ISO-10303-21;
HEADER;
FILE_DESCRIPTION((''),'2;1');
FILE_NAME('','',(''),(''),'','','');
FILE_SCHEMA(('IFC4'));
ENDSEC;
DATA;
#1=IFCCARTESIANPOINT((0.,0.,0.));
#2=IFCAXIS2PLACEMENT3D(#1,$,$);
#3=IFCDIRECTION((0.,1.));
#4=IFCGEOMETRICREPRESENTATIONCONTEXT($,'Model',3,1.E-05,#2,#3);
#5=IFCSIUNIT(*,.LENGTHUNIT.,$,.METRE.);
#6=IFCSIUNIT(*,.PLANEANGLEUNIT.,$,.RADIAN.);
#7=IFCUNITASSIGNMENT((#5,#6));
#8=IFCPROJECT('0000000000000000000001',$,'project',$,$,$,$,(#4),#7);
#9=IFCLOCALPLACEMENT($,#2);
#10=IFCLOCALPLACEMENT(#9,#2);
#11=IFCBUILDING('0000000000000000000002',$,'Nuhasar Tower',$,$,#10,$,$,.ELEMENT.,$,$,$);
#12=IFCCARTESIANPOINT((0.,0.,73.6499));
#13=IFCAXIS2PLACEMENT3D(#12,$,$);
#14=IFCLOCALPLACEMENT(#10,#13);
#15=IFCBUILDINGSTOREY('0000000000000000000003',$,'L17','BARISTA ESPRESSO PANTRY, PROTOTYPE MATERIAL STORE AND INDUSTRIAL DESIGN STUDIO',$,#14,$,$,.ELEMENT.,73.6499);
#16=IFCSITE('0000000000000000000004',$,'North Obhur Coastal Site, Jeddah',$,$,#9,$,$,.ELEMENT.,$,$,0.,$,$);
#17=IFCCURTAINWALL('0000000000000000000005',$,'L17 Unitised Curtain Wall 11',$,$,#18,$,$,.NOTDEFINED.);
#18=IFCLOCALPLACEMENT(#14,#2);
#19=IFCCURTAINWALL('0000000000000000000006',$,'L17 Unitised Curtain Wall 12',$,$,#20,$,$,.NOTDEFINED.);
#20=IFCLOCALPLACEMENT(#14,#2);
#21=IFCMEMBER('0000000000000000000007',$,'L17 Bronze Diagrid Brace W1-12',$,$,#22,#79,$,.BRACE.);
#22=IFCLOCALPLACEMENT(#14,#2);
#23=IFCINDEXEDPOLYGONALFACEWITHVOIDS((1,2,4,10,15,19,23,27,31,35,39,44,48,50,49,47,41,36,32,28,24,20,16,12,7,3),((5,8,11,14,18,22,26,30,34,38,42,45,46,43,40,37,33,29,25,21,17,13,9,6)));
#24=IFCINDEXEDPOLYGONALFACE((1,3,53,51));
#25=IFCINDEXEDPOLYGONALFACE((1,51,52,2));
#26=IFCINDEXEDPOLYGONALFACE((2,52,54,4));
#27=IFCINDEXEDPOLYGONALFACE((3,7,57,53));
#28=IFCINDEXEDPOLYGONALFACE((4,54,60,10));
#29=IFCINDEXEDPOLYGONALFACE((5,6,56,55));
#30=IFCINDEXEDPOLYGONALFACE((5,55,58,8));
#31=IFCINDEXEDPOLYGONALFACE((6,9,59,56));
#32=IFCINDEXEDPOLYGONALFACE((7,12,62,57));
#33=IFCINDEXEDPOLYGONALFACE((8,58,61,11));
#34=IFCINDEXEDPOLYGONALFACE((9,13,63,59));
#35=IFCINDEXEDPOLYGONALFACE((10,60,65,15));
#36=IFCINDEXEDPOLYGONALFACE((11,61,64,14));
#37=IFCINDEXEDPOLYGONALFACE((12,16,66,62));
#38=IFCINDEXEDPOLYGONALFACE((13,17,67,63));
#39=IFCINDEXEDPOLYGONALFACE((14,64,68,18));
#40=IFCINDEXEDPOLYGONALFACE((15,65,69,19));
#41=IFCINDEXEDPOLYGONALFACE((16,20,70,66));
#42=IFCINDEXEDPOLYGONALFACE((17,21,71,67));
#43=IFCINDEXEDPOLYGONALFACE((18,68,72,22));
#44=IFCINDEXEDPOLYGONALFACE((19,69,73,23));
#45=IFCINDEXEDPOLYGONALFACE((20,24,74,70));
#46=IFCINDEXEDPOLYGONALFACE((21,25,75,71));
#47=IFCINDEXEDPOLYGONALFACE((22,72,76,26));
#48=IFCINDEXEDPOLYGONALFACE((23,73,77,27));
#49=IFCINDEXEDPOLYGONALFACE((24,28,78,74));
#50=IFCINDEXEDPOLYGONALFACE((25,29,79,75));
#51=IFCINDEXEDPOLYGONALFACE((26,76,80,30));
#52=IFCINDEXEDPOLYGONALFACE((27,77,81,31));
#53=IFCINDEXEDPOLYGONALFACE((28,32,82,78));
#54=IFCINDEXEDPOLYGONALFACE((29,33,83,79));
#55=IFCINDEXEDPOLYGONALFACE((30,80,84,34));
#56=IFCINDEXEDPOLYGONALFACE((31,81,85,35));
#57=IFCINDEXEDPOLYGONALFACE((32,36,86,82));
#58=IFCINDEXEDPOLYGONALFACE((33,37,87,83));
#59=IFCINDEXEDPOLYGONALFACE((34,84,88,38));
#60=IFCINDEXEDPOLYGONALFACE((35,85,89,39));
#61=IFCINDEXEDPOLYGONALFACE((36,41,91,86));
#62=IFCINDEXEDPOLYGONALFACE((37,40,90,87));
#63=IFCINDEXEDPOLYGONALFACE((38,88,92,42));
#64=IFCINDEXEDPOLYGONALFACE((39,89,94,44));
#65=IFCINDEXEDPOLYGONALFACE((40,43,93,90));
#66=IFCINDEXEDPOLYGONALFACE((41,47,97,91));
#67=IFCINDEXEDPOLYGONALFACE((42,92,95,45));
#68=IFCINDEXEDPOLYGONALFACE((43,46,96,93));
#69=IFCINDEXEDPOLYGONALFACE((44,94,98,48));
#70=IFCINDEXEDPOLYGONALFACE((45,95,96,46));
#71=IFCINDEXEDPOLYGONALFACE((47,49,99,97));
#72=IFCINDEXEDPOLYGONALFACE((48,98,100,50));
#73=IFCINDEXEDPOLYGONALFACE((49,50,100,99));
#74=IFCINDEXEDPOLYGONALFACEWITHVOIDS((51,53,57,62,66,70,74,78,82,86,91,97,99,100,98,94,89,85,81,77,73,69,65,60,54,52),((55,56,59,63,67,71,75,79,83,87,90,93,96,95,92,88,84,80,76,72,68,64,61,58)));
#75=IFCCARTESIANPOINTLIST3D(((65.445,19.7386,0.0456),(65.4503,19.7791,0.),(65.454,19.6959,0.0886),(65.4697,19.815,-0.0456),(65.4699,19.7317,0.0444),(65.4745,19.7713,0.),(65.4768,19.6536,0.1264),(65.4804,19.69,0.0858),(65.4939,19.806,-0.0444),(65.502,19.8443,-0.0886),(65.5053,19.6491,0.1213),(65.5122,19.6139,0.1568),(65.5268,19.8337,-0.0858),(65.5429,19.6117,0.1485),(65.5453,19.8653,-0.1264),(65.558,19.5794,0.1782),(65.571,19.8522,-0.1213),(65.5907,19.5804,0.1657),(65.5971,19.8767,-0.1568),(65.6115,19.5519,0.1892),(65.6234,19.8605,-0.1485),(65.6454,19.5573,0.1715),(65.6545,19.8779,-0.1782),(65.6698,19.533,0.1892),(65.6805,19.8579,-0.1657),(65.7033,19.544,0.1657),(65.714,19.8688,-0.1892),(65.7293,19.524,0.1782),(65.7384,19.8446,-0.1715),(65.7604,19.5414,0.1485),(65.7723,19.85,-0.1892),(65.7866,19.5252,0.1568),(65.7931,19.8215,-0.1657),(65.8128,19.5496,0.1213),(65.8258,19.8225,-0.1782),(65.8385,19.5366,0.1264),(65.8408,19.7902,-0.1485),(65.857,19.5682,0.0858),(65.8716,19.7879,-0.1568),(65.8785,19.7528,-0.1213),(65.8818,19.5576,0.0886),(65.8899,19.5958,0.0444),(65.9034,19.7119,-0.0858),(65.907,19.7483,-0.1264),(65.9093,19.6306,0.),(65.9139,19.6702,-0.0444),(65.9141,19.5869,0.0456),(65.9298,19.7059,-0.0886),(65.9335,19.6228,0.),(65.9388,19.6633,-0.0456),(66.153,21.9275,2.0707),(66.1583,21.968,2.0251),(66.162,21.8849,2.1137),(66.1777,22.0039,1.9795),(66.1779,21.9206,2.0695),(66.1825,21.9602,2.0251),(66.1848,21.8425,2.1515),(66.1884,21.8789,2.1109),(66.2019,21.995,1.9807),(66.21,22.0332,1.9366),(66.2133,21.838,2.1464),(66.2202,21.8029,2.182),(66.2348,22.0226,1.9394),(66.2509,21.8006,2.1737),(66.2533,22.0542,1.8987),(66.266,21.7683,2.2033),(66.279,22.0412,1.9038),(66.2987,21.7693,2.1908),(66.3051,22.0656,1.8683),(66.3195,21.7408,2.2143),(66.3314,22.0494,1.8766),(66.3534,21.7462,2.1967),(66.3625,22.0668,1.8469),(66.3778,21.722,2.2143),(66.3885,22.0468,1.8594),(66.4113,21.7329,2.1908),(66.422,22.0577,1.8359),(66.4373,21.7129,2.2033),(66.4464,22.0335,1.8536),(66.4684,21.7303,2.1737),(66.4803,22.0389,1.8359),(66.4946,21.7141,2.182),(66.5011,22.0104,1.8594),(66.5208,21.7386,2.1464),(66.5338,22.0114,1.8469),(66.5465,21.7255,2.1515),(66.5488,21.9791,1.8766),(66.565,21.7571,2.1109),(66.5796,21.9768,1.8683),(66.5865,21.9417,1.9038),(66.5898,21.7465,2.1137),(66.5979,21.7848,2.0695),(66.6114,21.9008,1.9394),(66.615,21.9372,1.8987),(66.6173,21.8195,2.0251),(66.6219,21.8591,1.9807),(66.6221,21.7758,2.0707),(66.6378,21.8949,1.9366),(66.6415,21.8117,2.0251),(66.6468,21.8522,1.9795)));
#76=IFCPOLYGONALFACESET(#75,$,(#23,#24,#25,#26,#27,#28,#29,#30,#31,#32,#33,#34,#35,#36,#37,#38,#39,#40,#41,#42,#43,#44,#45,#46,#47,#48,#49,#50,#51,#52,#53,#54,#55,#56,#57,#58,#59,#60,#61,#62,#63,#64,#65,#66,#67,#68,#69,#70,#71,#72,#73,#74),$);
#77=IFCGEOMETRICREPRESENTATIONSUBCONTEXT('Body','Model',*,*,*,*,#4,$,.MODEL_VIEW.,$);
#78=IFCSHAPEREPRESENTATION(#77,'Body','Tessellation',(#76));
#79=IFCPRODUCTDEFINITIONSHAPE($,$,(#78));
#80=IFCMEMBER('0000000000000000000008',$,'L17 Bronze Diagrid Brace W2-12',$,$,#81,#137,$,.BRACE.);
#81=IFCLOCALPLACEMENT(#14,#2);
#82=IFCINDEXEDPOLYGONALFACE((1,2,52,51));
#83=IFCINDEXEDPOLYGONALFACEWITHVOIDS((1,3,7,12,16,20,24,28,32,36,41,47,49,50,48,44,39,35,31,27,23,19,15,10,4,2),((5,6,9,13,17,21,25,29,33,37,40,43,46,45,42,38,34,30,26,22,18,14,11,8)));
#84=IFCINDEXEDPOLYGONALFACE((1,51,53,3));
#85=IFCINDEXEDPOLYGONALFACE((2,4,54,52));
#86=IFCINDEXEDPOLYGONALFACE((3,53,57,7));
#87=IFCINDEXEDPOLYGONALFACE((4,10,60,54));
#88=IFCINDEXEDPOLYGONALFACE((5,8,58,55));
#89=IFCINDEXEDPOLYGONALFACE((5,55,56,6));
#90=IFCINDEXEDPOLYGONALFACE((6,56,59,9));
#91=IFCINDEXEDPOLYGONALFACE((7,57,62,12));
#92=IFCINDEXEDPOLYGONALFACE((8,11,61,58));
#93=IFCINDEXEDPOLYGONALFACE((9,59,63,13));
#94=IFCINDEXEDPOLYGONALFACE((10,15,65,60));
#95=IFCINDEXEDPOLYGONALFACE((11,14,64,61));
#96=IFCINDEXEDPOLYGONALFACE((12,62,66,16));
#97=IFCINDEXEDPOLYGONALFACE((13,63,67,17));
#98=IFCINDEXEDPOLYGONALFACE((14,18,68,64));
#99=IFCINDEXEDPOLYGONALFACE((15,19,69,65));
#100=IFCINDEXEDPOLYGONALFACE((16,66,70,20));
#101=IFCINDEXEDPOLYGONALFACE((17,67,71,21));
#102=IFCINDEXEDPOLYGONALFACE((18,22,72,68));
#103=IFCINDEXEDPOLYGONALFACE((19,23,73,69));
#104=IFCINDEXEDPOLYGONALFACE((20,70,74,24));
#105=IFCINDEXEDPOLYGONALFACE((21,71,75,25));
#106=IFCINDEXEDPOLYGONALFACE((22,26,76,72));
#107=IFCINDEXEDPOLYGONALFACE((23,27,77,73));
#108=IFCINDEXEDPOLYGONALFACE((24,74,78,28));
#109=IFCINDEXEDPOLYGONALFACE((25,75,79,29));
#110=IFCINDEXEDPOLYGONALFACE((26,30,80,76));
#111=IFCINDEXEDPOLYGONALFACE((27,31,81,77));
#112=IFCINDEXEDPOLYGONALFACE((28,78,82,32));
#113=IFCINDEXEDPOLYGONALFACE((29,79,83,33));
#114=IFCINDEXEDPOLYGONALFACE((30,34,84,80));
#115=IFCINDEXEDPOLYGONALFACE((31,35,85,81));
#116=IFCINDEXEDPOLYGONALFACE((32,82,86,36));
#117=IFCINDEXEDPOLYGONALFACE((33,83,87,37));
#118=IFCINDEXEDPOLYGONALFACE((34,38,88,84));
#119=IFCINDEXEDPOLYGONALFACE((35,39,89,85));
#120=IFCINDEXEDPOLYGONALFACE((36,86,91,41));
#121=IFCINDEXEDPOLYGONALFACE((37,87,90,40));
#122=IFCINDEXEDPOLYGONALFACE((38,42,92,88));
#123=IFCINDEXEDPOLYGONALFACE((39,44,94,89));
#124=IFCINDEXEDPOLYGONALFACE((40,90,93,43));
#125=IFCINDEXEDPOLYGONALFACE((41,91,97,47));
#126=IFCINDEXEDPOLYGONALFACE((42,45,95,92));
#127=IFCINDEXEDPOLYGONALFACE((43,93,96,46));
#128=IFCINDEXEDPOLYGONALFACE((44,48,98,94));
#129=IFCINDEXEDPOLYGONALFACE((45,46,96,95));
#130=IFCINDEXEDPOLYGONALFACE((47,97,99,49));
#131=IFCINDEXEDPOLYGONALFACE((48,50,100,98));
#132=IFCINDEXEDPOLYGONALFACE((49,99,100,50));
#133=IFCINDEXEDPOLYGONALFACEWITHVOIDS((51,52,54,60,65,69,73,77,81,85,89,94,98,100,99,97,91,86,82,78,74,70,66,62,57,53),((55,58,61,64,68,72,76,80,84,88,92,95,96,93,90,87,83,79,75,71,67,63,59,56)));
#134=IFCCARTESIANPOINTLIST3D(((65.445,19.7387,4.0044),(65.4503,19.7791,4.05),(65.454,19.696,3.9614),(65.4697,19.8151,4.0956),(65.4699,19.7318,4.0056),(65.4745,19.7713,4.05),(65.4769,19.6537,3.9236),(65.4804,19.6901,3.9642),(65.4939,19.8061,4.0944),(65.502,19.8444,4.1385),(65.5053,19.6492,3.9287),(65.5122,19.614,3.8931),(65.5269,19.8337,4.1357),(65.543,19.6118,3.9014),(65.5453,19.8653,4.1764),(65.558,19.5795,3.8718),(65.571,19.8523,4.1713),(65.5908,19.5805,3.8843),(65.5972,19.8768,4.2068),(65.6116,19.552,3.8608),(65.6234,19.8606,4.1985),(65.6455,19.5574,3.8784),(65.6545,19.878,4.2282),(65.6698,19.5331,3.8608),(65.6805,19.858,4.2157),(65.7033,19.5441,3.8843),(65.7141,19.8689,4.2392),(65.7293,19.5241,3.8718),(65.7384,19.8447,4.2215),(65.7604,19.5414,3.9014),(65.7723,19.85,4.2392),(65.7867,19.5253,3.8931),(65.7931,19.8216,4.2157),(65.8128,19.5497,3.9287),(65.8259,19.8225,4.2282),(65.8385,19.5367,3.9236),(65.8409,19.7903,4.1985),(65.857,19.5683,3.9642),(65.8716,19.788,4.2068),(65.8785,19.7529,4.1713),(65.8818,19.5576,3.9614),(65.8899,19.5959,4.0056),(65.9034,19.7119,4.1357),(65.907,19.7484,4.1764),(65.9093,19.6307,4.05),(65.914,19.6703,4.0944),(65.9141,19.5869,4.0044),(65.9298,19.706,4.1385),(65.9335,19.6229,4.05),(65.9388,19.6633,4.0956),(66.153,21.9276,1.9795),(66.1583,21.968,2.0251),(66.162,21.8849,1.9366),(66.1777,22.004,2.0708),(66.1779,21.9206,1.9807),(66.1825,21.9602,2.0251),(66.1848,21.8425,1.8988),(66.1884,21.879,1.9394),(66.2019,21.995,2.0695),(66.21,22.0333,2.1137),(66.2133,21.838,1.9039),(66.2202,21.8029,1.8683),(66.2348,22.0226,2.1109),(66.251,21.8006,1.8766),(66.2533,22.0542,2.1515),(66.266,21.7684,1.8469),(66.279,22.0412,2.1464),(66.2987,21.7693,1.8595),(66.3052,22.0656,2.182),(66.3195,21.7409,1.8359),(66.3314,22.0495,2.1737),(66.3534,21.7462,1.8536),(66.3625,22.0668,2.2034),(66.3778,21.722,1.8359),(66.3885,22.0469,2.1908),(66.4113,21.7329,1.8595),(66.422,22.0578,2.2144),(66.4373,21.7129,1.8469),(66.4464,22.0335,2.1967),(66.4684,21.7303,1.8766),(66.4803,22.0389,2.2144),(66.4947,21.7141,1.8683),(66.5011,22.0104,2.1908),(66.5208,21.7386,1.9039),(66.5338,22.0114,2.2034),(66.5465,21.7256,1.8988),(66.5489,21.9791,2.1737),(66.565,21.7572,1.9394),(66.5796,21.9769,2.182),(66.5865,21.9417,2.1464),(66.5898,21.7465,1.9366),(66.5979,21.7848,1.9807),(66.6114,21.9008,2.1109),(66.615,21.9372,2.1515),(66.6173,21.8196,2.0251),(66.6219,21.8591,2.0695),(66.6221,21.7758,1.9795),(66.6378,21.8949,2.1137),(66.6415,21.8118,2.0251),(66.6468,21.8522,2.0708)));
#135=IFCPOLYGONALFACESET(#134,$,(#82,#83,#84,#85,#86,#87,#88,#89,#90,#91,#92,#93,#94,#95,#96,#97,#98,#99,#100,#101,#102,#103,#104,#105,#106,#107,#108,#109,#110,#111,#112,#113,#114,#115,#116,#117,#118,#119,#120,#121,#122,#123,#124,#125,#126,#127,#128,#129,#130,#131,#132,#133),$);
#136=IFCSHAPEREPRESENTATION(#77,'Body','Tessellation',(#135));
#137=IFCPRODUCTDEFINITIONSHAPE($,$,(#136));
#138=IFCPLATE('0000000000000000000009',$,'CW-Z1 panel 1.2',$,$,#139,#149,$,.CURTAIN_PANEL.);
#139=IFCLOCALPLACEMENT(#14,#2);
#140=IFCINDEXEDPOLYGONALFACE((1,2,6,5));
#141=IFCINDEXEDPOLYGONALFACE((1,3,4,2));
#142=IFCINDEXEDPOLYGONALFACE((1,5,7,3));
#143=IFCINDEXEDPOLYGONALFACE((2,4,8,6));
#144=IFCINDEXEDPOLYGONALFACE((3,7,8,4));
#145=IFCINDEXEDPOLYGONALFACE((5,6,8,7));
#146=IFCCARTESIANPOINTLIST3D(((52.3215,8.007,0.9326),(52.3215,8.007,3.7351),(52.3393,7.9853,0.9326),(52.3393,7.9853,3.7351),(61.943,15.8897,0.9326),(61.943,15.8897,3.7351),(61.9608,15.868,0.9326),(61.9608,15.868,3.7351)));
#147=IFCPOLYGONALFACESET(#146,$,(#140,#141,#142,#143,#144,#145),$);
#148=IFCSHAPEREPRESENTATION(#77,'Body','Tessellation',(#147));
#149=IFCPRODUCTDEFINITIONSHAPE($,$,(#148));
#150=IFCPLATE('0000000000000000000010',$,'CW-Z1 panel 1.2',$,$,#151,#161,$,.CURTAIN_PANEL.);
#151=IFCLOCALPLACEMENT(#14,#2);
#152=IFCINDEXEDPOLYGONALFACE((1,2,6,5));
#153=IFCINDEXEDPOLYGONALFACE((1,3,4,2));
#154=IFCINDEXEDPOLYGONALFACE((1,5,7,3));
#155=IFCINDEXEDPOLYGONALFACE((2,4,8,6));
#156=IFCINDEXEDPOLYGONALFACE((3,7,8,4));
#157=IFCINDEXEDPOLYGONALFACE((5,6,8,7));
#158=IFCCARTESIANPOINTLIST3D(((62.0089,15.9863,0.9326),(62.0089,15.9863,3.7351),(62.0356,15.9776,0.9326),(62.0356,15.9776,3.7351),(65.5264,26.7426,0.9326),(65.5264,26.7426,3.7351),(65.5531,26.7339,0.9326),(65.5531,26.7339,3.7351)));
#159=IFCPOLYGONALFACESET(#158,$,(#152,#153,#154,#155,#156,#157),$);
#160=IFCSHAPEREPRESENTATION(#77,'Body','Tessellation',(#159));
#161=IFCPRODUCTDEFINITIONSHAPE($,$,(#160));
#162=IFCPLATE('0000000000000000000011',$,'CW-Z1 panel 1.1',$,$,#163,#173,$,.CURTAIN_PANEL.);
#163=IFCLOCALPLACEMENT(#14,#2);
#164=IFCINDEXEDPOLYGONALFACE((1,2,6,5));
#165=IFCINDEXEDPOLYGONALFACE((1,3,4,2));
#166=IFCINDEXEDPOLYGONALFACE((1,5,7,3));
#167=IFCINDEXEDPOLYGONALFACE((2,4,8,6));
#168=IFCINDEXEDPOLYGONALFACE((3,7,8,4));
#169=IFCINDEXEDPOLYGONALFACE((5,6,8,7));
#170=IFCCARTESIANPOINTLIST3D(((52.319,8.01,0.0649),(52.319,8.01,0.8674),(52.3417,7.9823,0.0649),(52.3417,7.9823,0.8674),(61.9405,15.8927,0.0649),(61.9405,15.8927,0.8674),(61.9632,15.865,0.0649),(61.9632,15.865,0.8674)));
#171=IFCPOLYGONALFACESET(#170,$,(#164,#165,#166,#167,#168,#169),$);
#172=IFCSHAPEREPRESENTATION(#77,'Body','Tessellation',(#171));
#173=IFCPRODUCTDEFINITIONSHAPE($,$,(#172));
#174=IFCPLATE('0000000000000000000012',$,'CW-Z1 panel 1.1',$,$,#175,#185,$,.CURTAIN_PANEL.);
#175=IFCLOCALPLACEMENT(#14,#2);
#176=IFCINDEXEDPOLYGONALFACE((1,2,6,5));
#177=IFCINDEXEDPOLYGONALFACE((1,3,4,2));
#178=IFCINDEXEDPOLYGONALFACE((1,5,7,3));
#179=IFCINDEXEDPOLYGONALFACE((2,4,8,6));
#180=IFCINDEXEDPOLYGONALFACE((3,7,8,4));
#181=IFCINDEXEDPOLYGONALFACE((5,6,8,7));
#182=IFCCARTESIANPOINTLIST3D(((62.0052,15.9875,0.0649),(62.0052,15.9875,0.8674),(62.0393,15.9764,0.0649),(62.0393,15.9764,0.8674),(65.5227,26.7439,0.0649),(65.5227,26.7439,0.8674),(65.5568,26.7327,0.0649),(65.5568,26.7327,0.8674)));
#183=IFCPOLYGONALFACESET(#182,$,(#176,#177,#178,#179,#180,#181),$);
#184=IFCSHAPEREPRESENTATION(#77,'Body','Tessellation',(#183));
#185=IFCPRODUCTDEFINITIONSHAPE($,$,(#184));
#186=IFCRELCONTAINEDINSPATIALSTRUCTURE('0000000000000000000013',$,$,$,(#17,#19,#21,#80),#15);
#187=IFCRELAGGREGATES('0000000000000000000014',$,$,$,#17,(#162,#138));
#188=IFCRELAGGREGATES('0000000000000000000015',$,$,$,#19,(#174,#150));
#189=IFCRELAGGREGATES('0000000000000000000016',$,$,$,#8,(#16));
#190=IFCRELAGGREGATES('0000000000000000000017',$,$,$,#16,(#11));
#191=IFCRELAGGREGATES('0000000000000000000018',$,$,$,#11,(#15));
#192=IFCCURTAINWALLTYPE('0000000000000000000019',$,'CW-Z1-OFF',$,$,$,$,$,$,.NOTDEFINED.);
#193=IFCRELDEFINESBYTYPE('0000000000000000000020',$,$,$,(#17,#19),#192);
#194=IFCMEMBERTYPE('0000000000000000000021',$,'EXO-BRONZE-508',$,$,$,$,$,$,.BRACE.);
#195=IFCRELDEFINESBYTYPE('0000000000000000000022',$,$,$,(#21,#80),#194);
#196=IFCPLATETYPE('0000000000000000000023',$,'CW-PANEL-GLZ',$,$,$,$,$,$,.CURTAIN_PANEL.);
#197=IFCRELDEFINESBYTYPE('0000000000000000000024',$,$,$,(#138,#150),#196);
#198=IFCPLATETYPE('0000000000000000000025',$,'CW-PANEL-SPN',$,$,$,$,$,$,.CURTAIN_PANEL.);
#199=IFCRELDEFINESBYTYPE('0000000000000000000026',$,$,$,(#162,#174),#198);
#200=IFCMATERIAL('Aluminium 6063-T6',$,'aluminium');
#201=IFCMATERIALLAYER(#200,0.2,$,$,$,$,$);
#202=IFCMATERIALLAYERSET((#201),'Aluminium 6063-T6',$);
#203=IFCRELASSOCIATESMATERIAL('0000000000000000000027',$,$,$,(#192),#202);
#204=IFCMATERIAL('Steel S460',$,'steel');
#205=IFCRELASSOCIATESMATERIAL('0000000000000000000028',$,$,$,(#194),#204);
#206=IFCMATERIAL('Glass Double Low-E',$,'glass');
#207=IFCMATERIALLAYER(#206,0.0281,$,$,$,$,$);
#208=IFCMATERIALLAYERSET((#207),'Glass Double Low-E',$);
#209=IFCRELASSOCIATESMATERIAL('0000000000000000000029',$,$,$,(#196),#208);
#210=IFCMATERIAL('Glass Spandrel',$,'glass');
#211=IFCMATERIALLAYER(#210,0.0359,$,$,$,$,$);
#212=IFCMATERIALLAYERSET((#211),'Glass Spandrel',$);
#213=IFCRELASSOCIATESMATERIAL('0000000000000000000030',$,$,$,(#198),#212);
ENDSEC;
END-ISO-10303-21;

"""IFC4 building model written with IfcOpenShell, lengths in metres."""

from ifc_helpers import new_model, si_unit, direction, frame, origin, origin_2d, place, context, subcontext, project, spatial, rectangle, hollow_circle, extrude, material, layer, layer_set, material_profile, profile_set, type_object, element, aggregate, save


model = new_model("IFC4")

# Units and contexts
model_context = context("Model", 3, precision=1e-05, world=origin(), true_north=direction((0.0, 1.0)))
body_context = subcontext(model_context, "Body", "Model", "MODEL_VIEW")
ifc_project = project(units=[si_unit("LENGTHUNIT", "METRE"), si_unit("PLANEANGLEUNIT", "RADIAN")], contexts=[model_context])

# Site, building, storey
site_placement = place(None, origin())
site = spatial("IfcSite", under=ifc_project, at=site_placement, Name="North Obhur Coastal Site, Jeddah", CompositionType="ELEMENT", RefElevation=0.0)
building_placement = place(site_placement, origin())
building = spatial("IfcBuilding", under=site, at=building_placement, Name="Nuhasar Tower", CompositionType="ELEMENT")
storey_placement = place(building_placement, frame((0.0, 0.0, 73.6499)))
storey = spatial("IfcBuildingStorey", under=building, at=storey_placement, Name="L17", Description="BARISTA ESPRESSO PANTRY, PROTOTYPE MATERIAL STORE AND INDUSTRIAL DESIGN STUDIO", CompositionType="ELEMENT", Elevation=73.6499)

# Curtain wall
ifc_material_1 = material(Name="Aluminium 6063-T6", Category="aluminium")
ifc_layer_1 = layer(ifc_material_1, 0.2)
ifc_layer_set_1 = layer_set([ifc_layer_1], Name="Aluminium 6063-T6")
curtain_wall_type = type_object("IfcCurtainWallType", Name="CW-Z1-OFF", PredefinedType="NOTDEFINED", material=ifc_layer_set_1)
curtain_wall_1_placement = place(storey_placement, origin())
curtain_wall_1 = element("IfcCurtainWall", 1, at=curtain_wall_1_placement, inside=storey, type_object=curtain_wall_type, Name="L17 Unitised Curtain Wall 11", PredefinedType="NOTDEFINED")

# Curtain wall
curtain_wall_2_placement = place(storey_placement, origin())
curtain_wall_2 = element("IfcCurtainWall", 2, at=curtain_wall_2_placement, inside=storey, type_object=curtain_wall_type, Name="L17 Unitised Curtain Wall 12", PredefinedType="NOTDEFINED")

# Members
ifc_material_2 = material(Name="Steel S460", Category="steel")
ifc_material_profile_1 = material_profile(ifc_material_2, hollow_circle(Radius=0.2539, WallThickness=0.0254, at=origin_2d()), Name="HSS508X25.4")
ifc_profile_set_1 = profile_set([ifc_material_profile_1], Name="Steel S460")
member_type_1 = type_object("IfcMemberType", Name="EXO-BRONZE-508", PredefinedType="BRACE", material=ifc_profile_set_1)
member_1_placement = place(storey_placement, frame((65.6919, 19.7009, 0.0), z_axis=(0.231, 0.714187, 0.660739), x_axis=(-0.951468, 0.307747, 0.0)))
element("IfcMember", 3, at=member_1_placement, inside=storey, type_object=member_type_1, Name="L17 Bronze Diagrid Brace W1-12", PredefinedType="BRACE", context=body_context, shape_type="SweptSolid", body=[
    extrude(hollow_circle(Radius=0.2539, WallThickness=0.0254, at=origin_2d()), origin(), (0.0, 0.0, 1.0), 3.0649),
])
member_2_placement = place(storey_placement, frame((66.3999, 21.8899, 2.0251), z_axis=(-0.231012, -0.714225, 0.660694), x_axis=(0.951468, -0.307747, 0.0)))
element("IfcMember", 4, at=member_2_placement, inside=storey, type_object=member_type_1, Name="L17 Bronze Diagrid Brace W2-12", PredefinedType="BRACE", context=body_context, shape_type="SweptSolid", body=[
    extrude(hollow_circle(Radius=0.2539, WallThickness=0.0254, at=origin_2d()), origin(), (0.0, 0.0, 1.0), 3.0647),
])

# Plates
ifc_material_3 = material(Name="Glass Double Low-E", Category="glass")
ifc_layer_2 = layer(ifc_material_3, 0.0281)
ifc_layer_set_2 = layer_set([ifc_layer_2], Name="Glass Double Low-E")
plate_type_1 = type_object("IfcPlateType", Name="CW-PANEL-GLZ", PredefinedType="CURTAIN_PANEL", material=ifc_layer_set_2)
plate_1_placement = place(storey_placement, frame((57.1411, 11.9375, 0.9326), z_axis=(0.0, 0.0, 1.0), x_axis=(0.773542, 0.633745, 0.0)))
plate_1 = element("IfcPlate", 5, at=plate_1_placement, type_object=plate_type_1, Name="CW-Z1 panel 1.2", PredefinedType="CURTAIN_PANEL", context=body_context, shape_type="SweptSolid", body=[
    extrude(rectangle(XDim=12.4382, YDim=0.0281, at=origin_2d()), origin(), (0.0, 0.0, 1.0), 2.8025),
])
plate_2_placement = place(storey_placement, frame((63.781, 21.3601, 0.9326), z_axis=(0.0, 0.0, 1.0), x_axis=(0.310824, 0.950468, 0.0)))
plate_2 = element("IfcPlate", 6, at=plate_2_placement, type_object=plate_type_1, Name="CW-Z1 panel 1.2", PredefinedType="CURTAIN_PANEL", context=body_context, shape_type="SweptSolid", body=[
    extrude(rectangle(XDim=11.3169, YDim=0.0281, at=origin_2d()), origin(), (0.0, 0.0, 1.0), 2.8025),
])
ifc_material_4 = material(Name="Glass Spandrel", Category="glass")
ifc_layer_3 = layer(ifc_material_4, 0.0359)
ifc_layer_set_3 = layer_set([ifc_layer_3], Name="Glass Spandrel")
plate_type_2 = type_object("IfcPlateType", Name="CW-PANEL-SPN", PredefinedType="CURTAIN_PANEL", material=ifc_layer_set_3)
plate_3_placement = place(storey_placement, frame((57.1411, 11.9375, 0.0649), z_axis=(0.0, 0.0, 1.0), x_axis=(0.773542, 0.633745, 0.0)))
plate_3 = element("IfcPlate", 7, at=plate_3_placement, type_object=plate_type_2, Name="CW-Z1 panel 1.1", PredefinedType="CURTAIN_PANEL", context=body_context, shape_type="SweptSolid", body=[
    extrude(rectangle(XDim=12.4382, YDim=0.0359, at=origin_2d()), origin(), (0.0, 0.0, 1.0), 0.8025),
])
aggregate(curtain_wall_1, [plate_3, plate_1])
plate_4_placement = place(storey_placement, frame((63.781, 21.3601, 0.0649), z_axis=(0.0, 0.0, 1.0), x_axis=(0.310824, 0.950468, 0.0)))
plate_4 = element("IfcPlate", 8, at=plate_4_placement, type_object=plate_type_2, Name="CW-Z1 panel 1.1", PredefinedType="CURTAIN_PANEL", context=body_context, shape_type="SweptSolid", body=[
    extrude(rectangle(XDim=11.3169, YDim=0.0359, at=origin_2d()), origin(), (0.0, 0.0, 1.0), 0.8025),
])
aggregate(curtain_wall_2, [plate_4, plate_2])

save(model, "model.ifc")
